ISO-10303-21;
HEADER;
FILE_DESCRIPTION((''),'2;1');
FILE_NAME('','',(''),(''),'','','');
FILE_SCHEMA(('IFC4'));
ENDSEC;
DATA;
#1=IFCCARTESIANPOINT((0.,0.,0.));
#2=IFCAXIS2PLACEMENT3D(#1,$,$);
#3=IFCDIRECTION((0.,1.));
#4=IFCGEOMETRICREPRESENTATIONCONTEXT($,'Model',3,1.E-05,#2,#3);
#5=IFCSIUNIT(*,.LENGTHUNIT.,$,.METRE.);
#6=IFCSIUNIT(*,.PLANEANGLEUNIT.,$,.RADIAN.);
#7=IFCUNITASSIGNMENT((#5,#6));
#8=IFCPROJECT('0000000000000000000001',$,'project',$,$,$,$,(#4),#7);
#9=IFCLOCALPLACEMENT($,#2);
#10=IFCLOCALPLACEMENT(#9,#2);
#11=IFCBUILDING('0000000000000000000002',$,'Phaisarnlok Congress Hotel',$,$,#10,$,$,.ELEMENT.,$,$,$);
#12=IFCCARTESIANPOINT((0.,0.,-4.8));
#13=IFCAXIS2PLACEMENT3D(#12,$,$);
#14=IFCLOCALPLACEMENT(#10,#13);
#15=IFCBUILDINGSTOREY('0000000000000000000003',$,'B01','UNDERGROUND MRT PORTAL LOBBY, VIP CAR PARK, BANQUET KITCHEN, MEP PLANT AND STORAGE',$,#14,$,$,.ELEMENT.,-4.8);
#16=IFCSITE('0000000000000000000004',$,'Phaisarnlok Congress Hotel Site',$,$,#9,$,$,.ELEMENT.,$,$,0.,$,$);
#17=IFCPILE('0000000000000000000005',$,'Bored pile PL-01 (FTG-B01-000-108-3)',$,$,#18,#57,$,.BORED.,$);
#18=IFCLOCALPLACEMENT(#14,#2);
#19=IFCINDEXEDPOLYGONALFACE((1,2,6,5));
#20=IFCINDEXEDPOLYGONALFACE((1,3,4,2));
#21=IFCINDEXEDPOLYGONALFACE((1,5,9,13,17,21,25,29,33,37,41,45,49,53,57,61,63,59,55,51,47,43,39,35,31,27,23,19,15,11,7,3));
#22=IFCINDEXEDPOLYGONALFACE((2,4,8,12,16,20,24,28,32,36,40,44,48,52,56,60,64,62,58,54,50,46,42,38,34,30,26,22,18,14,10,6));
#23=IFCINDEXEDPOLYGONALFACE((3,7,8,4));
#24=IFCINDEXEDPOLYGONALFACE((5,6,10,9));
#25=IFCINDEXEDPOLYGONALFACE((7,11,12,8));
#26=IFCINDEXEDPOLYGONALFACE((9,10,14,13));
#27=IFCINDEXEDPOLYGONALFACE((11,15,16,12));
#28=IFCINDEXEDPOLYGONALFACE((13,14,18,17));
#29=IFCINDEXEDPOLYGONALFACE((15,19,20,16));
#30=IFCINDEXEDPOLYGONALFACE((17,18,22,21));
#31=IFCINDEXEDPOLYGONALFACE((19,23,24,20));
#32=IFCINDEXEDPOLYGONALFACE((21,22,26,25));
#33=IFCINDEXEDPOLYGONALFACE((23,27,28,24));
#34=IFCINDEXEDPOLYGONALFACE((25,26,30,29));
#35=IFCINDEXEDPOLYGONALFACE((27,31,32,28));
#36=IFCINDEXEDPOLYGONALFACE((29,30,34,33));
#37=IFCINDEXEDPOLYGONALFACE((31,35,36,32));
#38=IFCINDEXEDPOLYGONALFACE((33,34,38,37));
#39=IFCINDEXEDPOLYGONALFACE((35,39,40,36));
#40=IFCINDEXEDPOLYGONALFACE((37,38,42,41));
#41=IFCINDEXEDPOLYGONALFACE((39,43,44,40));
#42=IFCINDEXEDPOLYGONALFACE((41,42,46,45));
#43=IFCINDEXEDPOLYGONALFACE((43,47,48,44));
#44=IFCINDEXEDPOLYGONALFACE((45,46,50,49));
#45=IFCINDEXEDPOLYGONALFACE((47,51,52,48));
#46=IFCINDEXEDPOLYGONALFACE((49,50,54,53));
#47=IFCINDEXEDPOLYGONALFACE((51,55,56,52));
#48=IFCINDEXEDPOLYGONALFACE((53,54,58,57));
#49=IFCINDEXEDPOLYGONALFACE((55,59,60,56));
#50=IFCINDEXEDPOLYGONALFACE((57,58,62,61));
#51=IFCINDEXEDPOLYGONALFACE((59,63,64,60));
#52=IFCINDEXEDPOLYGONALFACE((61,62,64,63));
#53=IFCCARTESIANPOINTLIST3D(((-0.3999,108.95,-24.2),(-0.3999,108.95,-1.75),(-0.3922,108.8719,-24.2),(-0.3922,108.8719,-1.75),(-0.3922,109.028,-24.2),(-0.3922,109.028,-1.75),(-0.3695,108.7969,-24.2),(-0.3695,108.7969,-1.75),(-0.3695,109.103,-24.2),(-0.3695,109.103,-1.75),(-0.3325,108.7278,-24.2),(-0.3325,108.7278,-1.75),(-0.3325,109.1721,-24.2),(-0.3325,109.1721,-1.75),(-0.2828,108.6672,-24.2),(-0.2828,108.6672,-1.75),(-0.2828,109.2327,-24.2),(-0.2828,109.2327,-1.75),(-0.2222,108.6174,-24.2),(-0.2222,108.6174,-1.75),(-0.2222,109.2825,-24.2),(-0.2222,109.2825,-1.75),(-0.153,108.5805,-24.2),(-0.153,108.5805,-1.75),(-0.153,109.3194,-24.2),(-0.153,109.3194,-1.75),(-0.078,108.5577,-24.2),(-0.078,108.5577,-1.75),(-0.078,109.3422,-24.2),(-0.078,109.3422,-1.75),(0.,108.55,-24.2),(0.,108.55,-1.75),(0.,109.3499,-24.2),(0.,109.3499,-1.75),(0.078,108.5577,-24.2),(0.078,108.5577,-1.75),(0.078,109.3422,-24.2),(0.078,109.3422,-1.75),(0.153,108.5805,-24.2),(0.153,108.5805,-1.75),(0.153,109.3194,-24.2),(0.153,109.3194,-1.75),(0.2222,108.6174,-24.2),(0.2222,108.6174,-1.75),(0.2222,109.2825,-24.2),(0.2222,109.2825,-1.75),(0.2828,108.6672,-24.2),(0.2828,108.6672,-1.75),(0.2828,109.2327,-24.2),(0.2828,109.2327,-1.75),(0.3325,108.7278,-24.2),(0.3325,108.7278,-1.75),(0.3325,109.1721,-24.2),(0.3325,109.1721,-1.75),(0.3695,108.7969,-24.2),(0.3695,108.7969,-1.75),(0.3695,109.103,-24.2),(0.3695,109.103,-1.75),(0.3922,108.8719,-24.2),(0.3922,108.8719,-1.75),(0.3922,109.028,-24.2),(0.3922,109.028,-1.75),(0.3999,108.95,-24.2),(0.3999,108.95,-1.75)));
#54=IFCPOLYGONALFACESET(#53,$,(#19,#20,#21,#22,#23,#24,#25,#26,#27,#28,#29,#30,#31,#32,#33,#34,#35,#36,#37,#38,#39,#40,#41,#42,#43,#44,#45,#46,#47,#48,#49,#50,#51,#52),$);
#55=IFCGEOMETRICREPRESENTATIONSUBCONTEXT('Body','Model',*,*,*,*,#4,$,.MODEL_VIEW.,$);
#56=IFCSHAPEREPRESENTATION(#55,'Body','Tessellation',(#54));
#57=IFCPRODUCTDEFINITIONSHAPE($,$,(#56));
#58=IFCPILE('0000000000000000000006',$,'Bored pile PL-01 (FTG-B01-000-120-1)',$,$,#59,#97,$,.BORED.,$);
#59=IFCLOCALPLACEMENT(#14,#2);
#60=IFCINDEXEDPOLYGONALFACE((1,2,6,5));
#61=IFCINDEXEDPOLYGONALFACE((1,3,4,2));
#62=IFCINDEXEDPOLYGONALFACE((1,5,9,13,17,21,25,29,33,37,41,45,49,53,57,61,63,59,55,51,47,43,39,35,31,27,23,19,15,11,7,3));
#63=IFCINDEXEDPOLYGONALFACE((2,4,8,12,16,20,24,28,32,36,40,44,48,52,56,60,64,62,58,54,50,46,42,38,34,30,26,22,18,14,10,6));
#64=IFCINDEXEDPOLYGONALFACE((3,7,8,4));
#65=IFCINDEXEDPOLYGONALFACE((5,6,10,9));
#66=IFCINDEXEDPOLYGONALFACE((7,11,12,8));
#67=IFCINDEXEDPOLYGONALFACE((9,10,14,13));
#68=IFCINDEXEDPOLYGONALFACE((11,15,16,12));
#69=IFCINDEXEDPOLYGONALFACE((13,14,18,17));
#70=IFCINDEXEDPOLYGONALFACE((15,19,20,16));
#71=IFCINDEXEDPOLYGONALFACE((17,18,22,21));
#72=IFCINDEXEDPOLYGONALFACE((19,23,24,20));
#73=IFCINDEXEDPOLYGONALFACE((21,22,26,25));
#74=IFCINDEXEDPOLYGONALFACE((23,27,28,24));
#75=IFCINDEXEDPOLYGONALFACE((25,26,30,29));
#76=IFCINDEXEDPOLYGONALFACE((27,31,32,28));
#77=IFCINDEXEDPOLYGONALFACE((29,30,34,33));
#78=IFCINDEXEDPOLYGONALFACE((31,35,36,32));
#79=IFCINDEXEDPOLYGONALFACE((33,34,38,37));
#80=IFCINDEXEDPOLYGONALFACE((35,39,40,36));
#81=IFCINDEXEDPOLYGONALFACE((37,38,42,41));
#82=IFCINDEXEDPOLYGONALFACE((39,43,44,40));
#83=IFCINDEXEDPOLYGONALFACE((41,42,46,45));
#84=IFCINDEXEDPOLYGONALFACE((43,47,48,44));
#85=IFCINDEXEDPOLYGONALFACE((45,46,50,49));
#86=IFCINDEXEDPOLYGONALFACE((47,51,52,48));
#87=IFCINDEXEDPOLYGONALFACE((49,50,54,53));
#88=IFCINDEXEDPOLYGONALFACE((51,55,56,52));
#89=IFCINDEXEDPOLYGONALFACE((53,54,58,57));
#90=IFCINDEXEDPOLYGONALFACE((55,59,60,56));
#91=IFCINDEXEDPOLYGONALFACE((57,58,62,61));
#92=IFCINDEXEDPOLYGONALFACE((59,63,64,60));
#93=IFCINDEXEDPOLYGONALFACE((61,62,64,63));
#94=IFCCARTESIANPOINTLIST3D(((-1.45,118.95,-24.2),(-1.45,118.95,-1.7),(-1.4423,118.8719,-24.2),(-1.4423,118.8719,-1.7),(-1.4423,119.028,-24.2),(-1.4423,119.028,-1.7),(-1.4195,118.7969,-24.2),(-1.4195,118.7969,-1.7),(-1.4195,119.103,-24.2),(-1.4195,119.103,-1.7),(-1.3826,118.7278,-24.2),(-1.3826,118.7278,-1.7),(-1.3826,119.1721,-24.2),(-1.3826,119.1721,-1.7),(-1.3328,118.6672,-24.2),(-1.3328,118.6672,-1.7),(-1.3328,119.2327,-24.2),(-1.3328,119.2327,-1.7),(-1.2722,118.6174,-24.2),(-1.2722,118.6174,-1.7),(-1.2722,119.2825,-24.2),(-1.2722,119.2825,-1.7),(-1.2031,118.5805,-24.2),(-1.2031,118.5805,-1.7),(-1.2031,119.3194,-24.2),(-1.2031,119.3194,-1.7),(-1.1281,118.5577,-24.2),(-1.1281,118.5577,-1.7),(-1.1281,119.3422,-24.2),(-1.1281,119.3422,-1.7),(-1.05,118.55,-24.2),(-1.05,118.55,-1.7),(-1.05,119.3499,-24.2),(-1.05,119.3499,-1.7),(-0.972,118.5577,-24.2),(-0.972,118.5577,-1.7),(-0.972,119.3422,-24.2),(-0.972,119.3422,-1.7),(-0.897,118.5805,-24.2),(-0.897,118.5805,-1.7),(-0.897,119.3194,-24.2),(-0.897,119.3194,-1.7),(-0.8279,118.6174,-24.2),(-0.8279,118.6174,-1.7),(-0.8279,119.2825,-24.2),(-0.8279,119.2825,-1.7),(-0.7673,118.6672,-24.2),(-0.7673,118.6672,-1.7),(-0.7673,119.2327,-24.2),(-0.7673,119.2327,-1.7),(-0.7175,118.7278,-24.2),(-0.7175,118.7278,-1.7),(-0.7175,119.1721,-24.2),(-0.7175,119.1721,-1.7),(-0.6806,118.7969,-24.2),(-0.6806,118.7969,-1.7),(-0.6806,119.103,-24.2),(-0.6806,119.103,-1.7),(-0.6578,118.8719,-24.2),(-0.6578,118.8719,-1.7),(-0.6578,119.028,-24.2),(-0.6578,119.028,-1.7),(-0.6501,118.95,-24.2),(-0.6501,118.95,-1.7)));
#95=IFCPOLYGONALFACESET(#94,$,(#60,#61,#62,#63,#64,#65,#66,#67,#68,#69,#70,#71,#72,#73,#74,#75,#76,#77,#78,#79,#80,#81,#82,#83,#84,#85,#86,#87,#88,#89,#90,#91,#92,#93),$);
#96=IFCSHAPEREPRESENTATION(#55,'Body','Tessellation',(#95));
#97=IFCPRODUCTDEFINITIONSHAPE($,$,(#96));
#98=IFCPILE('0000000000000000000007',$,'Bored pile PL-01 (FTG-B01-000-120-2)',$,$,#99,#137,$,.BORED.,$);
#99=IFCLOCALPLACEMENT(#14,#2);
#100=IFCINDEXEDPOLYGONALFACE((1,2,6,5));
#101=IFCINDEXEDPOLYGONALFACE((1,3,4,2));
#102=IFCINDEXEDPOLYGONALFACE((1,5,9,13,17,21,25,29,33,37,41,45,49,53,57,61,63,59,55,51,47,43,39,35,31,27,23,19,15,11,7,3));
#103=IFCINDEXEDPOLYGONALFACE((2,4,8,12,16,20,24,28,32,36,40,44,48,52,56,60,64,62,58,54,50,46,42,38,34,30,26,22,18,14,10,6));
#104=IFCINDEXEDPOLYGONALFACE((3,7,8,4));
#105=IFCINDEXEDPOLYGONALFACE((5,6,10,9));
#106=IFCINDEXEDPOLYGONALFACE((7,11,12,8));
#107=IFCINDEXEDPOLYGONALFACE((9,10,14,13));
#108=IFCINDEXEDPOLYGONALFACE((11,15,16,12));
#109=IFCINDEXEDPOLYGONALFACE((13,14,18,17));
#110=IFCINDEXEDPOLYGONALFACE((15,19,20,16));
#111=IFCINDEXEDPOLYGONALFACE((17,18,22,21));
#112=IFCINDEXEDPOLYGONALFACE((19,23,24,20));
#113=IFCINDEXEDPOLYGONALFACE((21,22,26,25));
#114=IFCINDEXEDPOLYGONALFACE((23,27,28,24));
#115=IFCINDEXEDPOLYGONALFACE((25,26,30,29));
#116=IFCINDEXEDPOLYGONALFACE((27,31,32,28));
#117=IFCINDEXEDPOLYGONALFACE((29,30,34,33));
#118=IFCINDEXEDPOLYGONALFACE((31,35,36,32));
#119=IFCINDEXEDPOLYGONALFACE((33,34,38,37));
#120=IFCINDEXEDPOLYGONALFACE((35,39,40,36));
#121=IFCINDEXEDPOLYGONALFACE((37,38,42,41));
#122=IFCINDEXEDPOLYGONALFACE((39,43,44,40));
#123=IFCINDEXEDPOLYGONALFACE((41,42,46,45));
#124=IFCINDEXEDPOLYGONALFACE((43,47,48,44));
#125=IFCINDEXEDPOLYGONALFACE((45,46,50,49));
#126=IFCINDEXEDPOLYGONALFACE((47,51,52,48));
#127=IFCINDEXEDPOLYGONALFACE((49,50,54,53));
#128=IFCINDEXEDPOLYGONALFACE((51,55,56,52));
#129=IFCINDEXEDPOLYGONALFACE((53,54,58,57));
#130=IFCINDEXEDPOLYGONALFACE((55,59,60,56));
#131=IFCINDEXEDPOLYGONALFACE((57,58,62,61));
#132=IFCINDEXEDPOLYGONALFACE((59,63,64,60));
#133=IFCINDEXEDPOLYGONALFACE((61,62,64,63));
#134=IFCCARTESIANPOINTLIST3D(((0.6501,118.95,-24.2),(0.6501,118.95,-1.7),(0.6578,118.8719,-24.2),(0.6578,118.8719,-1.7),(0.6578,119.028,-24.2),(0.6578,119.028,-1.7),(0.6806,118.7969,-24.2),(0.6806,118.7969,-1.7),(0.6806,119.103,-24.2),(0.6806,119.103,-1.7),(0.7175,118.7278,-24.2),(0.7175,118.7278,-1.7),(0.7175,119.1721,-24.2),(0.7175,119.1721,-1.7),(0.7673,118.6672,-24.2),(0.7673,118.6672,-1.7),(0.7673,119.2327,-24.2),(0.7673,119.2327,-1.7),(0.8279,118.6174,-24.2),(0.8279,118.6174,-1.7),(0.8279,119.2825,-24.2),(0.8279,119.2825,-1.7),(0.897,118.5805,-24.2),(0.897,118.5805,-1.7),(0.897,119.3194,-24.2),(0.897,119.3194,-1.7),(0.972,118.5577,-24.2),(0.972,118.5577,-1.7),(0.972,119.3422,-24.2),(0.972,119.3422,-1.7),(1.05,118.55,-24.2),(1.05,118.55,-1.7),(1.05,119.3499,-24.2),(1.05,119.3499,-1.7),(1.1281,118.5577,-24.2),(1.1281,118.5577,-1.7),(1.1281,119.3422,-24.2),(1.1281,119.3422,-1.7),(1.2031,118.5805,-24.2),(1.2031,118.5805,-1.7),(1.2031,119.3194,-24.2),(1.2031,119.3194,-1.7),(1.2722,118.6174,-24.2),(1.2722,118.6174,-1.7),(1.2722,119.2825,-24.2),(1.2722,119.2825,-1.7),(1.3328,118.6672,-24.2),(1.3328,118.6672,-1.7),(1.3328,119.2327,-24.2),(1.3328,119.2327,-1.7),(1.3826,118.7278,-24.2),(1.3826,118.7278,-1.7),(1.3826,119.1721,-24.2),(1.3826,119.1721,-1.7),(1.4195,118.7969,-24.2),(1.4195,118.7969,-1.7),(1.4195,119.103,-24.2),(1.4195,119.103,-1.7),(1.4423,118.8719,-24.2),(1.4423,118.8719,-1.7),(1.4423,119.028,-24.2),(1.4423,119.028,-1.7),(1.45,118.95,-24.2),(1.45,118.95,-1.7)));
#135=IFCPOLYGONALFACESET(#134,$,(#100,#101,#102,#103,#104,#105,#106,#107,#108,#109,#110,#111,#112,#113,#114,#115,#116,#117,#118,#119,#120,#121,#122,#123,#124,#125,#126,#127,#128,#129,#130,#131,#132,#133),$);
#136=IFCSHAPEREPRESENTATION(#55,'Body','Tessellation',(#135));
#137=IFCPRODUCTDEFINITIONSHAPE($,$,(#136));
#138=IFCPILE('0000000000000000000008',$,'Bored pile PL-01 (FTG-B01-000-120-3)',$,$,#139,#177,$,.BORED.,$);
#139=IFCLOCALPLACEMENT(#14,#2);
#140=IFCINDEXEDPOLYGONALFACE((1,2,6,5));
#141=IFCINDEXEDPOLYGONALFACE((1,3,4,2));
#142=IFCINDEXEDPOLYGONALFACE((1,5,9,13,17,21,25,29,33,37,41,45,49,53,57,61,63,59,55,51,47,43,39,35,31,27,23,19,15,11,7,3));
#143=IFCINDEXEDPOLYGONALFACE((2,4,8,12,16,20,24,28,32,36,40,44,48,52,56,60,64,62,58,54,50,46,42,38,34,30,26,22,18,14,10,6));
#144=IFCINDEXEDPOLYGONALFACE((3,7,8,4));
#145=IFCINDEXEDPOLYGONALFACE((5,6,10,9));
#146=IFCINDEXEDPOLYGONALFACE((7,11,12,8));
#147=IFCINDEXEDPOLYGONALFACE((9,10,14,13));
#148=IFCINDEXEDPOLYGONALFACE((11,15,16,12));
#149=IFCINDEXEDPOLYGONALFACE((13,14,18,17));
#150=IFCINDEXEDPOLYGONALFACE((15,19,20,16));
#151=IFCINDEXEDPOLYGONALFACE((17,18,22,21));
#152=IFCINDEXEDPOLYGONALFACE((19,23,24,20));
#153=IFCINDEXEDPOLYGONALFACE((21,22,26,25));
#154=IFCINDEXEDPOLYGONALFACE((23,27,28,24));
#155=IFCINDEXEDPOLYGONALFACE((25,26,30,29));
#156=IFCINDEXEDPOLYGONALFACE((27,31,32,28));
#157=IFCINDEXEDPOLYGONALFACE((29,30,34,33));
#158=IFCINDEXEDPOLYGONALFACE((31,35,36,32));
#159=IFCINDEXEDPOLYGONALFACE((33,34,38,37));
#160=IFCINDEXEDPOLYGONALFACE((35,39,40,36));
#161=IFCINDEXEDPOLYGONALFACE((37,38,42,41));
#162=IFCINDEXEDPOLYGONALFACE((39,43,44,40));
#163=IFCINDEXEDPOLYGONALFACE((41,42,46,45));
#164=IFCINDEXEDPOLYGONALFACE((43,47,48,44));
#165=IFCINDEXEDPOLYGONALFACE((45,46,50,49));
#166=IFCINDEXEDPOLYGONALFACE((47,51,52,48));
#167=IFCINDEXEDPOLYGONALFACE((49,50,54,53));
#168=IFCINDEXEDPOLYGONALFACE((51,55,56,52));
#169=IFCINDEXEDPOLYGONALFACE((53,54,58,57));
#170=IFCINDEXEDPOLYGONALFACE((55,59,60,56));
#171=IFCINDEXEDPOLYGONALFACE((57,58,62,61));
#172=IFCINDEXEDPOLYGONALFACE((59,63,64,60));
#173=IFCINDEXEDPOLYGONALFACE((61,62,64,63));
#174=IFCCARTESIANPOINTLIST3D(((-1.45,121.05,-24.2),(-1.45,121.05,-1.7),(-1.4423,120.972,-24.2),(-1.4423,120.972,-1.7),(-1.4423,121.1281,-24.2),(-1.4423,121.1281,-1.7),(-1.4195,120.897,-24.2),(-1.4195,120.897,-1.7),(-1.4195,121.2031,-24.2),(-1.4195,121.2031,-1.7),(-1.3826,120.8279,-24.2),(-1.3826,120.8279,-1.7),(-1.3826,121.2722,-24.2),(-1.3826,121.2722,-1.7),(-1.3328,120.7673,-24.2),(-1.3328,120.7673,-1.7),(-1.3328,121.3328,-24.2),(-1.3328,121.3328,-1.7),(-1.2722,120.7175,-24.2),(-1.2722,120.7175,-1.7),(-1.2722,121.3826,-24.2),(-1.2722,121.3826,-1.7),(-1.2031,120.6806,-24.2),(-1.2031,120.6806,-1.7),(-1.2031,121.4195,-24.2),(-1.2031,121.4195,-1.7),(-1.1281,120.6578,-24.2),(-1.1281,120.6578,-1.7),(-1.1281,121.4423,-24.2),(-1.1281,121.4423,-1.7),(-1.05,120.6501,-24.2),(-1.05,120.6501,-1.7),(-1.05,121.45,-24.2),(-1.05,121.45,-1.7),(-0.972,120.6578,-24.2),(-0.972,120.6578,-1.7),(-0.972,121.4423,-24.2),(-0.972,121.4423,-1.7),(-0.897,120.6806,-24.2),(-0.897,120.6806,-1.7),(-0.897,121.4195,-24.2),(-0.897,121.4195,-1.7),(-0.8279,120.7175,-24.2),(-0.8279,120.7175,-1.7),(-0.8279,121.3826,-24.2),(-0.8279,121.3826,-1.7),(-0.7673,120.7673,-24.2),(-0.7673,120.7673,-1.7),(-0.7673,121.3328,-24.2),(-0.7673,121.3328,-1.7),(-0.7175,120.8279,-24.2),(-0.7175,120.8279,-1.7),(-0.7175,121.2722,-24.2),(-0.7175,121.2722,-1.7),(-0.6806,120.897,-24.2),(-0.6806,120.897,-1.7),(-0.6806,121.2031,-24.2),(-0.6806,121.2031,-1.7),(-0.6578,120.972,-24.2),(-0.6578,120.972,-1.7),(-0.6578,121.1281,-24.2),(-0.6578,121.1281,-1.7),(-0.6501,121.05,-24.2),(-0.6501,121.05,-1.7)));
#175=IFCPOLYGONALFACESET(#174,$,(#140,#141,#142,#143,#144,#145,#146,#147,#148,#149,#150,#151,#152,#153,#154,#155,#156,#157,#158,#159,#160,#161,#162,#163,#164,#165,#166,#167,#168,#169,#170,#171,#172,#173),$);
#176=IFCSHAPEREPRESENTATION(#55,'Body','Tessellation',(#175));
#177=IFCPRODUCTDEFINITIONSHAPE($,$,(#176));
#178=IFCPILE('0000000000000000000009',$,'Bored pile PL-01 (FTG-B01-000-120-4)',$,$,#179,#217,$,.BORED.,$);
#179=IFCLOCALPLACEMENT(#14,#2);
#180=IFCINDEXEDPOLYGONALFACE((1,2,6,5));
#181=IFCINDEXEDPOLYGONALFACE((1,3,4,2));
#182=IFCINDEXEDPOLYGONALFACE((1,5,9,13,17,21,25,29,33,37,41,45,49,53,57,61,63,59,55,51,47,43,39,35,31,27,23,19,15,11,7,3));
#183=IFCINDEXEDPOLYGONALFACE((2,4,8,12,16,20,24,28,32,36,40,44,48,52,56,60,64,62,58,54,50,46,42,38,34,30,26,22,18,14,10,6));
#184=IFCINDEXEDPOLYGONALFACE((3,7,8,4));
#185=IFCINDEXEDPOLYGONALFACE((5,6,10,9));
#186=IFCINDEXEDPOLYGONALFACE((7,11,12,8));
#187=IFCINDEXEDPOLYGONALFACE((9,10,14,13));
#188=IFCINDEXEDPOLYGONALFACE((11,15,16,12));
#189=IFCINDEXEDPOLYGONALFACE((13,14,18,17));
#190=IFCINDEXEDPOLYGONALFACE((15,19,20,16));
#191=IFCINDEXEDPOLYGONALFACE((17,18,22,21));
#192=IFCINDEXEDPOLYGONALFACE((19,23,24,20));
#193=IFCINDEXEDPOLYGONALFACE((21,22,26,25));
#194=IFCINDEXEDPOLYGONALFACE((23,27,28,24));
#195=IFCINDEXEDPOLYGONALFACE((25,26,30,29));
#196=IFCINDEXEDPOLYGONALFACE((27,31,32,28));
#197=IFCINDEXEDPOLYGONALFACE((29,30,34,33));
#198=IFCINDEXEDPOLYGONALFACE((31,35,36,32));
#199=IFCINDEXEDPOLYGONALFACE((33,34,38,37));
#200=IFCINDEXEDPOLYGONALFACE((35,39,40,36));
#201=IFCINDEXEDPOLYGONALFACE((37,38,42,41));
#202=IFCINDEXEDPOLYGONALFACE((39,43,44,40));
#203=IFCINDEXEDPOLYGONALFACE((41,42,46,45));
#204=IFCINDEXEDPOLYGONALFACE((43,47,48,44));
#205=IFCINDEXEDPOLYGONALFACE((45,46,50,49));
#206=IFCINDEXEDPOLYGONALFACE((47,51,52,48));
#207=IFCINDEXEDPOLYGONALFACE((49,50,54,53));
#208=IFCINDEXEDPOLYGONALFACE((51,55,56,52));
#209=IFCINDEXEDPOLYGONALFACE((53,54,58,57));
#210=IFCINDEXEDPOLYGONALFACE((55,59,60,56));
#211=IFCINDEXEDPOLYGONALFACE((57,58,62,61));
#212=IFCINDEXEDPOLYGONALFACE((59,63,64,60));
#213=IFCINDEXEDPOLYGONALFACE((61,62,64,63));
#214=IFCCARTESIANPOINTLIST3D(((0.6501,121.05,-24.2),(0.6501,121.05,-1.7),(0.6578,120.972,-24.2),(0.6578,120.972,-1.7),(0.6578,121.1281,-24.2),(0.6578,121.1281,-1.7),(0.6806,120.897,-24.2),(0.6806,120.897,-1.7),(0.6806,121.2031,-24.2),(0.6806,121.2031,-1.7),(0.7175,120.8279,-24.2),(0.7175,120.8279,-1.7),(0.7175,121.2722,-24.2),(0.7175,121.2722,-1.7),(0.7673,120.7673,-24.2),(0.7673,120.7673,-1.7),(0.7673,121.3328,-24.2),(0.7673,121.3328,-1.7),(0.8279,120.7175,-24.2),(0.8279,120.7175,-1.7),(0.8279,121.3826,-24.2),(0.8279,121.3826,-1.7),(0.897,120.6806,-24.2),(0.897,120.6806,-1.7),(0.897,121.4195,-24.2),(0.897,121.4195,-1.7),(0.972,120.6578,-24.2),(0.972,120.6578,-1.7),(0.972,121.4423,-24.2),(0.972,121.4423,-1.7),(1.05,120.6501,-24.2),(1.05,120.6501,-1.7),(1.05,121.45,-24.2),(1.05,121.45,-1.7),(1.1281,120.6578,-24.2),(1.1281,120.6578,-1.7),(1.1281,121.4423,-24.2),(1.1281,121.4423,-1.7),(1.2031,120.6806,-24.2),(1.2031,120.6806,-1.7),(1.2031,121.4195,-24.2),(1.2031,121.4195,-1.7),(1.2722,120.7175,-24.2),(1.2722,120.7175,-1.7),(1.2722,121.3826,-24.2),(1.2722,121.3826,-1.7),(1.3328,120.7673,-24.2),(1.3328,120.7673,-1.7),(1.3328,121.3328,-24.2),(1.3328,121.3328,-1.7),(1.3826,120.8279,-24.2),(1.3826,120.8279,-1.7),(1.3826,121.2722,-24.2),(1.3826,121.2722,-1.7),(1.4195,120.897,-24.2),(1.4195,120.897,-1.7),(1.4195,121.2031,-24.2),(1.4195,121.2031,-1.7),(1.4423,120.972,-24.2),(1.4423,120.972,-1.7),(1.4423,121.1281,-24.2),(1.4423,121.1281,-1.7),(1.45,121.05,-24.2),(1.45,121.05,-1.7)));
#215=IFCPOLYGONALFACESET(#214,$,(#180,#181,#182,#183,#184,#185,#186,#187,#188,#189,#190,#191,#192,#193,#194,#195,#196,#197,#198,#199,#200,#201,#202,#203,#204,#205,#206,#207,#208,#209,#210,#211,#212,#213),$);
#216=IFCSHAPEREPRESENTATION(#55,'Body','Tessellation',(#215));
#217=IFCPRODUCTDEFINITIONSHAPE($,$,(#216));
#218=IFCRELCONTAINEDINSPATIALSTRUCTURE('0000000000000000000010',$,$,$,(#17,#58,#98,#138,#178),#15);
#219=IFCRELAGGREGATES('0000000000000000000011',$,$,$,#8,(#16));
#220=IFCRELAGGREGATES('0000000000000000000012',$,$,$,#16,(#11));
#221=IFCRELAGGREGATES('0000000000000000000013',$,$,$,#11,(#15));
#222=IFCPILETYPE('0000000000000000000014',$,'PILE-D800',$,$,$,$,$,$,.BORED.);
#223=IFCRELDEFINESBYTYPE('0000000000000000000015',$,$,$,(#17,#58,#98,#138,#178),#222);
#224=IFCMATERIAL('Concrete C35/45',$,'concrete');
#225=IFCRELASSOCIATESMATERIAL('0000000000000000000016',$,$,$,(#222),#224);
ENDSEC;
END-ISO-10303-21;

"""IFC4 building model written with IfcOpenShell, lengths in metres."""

from ifc_helpers import new_model, si_unit, direction, frame, origin, origin_2d, place, context, subcontext, project, spatial, circle, extrude, material, material_profile, profile_set, type_object, element, save


model = new_model("IFC4")

# Units and contexts
model_context = context("Model", 3, precision=1e-05, world=origin(), true_north=direction((0.0, 1.0)))
body_context = subcontext(model_context, "Body", "Model", "MODEL_VIEW")
ifc_project = project(units=[si_unit("LENGTHUNIT", "METRE"), si_unit("PLANEANGLEUNIT", "RADIAN")], contexts=[model_context])

# Site, building, storey
site_placement = place(None, origin())
site = spatial("IfcSite", under=ifc_project, at=site_placement, Name="Phaisarnlok Congress Hotel Site", CompositionType="ELEMENT", RefElevation=0.0)
building_placement = place(site_placement, origin())
building = spatial("IfcBuilding", under=site, at=building_placement, Name="Phaisarnlok Congress Hotel", CompositionType="ELEMENT")
storey_placement = place(building_placement, frame((0.0, 0.0, -4.8)))
storey = spatial("IfcBuildingStorey", under=building, at=storey_placement, Name="B01", Description="UNDERGROUND MRT PORTAL LOBBY, VIP CAR PARK, BANQUET KITCHEN, MEP PLANT AND STORAGE", CompositionType="ELEMENT", Elevation=-4.8)

# Piles
ifc_material_1 = material(Name="Concrete C35/45", Category="concrete")
ifc_material_profile_1 = material_profile(ifc_material_1, circle(Radius=0.3999, at=origin_2d()), Name="BORED PILE D800")
ifc_profile_set_1 = profile_set([ifc_material_profile_1], Name="Concrete C35/45")
pile_type_1 = type_object("IfcPileType", Name="PILE-D800", PredefinedType="BORED", material=ifc_profile_set_1)
pile_1_placement = place(storey_placement, frame((0.0, 108.95, -1.75), z_axis=(0.0, 0.0, -1.0), x_axis=(1.0, 0.0, 0.0)))
element("IfcPile", 1, at=pile_1_placement, inside=storey, type_object=pile_type_1, Name="Bored pile PL-01 (FTG-B01-000-108-3)", PredefinedType="BORED", context=body_context, shape_type="SweptSolid", body=[
    extrude(circle(Radius=0.3999, at=origin_2d()), origin(), (0.0, 0.0, 1.0), 22.45),
])
for number, where, z_axis, x_axis, name in (
    (2, (-1.05, 118.95, -1.7), (0.0, 0.0, -1.0), (1.0, 0.0, 0.0), "Bored pile PL-01 (FTG-B01-000-120-1)"),
    (3, (1.05, 118.95, -1.7), (0.0, 0.0, -1.0), (1.0, 0.0, 0.0), "Bored pile PL-01 (FTG-B01-000-120-2)"),
    (4, (-1.05, 121.05, -1.7), (0.0, 0.0, -1.0), (1.0, 0.0, 0.0), "Bored pile PL-01 (FTG-B01-000-120-3)"),
    (5, (1.05, 121.05, -1.7), (0.0, 0.0, -1.0), (1.0, 0.0, 0.0), "Bored pile PL-01 (FTG-B01-000-120-4)"),
):
    element("IfcPile", number, at=place(storey_placement, frame(where, z_axis=z_axis, x_axis=x_axis)), inside=storey, type_object=pile_type_1, Name=name, PredefinedType="BORED", context=body_context, shape_type="SweptSolid", body=[
        extrude(circle(Radius=0.3999, at=origin_2d()), origin(), (0.0, 0.0, 1.0), 22.5),
    ])

save(model, "model.ifc")
